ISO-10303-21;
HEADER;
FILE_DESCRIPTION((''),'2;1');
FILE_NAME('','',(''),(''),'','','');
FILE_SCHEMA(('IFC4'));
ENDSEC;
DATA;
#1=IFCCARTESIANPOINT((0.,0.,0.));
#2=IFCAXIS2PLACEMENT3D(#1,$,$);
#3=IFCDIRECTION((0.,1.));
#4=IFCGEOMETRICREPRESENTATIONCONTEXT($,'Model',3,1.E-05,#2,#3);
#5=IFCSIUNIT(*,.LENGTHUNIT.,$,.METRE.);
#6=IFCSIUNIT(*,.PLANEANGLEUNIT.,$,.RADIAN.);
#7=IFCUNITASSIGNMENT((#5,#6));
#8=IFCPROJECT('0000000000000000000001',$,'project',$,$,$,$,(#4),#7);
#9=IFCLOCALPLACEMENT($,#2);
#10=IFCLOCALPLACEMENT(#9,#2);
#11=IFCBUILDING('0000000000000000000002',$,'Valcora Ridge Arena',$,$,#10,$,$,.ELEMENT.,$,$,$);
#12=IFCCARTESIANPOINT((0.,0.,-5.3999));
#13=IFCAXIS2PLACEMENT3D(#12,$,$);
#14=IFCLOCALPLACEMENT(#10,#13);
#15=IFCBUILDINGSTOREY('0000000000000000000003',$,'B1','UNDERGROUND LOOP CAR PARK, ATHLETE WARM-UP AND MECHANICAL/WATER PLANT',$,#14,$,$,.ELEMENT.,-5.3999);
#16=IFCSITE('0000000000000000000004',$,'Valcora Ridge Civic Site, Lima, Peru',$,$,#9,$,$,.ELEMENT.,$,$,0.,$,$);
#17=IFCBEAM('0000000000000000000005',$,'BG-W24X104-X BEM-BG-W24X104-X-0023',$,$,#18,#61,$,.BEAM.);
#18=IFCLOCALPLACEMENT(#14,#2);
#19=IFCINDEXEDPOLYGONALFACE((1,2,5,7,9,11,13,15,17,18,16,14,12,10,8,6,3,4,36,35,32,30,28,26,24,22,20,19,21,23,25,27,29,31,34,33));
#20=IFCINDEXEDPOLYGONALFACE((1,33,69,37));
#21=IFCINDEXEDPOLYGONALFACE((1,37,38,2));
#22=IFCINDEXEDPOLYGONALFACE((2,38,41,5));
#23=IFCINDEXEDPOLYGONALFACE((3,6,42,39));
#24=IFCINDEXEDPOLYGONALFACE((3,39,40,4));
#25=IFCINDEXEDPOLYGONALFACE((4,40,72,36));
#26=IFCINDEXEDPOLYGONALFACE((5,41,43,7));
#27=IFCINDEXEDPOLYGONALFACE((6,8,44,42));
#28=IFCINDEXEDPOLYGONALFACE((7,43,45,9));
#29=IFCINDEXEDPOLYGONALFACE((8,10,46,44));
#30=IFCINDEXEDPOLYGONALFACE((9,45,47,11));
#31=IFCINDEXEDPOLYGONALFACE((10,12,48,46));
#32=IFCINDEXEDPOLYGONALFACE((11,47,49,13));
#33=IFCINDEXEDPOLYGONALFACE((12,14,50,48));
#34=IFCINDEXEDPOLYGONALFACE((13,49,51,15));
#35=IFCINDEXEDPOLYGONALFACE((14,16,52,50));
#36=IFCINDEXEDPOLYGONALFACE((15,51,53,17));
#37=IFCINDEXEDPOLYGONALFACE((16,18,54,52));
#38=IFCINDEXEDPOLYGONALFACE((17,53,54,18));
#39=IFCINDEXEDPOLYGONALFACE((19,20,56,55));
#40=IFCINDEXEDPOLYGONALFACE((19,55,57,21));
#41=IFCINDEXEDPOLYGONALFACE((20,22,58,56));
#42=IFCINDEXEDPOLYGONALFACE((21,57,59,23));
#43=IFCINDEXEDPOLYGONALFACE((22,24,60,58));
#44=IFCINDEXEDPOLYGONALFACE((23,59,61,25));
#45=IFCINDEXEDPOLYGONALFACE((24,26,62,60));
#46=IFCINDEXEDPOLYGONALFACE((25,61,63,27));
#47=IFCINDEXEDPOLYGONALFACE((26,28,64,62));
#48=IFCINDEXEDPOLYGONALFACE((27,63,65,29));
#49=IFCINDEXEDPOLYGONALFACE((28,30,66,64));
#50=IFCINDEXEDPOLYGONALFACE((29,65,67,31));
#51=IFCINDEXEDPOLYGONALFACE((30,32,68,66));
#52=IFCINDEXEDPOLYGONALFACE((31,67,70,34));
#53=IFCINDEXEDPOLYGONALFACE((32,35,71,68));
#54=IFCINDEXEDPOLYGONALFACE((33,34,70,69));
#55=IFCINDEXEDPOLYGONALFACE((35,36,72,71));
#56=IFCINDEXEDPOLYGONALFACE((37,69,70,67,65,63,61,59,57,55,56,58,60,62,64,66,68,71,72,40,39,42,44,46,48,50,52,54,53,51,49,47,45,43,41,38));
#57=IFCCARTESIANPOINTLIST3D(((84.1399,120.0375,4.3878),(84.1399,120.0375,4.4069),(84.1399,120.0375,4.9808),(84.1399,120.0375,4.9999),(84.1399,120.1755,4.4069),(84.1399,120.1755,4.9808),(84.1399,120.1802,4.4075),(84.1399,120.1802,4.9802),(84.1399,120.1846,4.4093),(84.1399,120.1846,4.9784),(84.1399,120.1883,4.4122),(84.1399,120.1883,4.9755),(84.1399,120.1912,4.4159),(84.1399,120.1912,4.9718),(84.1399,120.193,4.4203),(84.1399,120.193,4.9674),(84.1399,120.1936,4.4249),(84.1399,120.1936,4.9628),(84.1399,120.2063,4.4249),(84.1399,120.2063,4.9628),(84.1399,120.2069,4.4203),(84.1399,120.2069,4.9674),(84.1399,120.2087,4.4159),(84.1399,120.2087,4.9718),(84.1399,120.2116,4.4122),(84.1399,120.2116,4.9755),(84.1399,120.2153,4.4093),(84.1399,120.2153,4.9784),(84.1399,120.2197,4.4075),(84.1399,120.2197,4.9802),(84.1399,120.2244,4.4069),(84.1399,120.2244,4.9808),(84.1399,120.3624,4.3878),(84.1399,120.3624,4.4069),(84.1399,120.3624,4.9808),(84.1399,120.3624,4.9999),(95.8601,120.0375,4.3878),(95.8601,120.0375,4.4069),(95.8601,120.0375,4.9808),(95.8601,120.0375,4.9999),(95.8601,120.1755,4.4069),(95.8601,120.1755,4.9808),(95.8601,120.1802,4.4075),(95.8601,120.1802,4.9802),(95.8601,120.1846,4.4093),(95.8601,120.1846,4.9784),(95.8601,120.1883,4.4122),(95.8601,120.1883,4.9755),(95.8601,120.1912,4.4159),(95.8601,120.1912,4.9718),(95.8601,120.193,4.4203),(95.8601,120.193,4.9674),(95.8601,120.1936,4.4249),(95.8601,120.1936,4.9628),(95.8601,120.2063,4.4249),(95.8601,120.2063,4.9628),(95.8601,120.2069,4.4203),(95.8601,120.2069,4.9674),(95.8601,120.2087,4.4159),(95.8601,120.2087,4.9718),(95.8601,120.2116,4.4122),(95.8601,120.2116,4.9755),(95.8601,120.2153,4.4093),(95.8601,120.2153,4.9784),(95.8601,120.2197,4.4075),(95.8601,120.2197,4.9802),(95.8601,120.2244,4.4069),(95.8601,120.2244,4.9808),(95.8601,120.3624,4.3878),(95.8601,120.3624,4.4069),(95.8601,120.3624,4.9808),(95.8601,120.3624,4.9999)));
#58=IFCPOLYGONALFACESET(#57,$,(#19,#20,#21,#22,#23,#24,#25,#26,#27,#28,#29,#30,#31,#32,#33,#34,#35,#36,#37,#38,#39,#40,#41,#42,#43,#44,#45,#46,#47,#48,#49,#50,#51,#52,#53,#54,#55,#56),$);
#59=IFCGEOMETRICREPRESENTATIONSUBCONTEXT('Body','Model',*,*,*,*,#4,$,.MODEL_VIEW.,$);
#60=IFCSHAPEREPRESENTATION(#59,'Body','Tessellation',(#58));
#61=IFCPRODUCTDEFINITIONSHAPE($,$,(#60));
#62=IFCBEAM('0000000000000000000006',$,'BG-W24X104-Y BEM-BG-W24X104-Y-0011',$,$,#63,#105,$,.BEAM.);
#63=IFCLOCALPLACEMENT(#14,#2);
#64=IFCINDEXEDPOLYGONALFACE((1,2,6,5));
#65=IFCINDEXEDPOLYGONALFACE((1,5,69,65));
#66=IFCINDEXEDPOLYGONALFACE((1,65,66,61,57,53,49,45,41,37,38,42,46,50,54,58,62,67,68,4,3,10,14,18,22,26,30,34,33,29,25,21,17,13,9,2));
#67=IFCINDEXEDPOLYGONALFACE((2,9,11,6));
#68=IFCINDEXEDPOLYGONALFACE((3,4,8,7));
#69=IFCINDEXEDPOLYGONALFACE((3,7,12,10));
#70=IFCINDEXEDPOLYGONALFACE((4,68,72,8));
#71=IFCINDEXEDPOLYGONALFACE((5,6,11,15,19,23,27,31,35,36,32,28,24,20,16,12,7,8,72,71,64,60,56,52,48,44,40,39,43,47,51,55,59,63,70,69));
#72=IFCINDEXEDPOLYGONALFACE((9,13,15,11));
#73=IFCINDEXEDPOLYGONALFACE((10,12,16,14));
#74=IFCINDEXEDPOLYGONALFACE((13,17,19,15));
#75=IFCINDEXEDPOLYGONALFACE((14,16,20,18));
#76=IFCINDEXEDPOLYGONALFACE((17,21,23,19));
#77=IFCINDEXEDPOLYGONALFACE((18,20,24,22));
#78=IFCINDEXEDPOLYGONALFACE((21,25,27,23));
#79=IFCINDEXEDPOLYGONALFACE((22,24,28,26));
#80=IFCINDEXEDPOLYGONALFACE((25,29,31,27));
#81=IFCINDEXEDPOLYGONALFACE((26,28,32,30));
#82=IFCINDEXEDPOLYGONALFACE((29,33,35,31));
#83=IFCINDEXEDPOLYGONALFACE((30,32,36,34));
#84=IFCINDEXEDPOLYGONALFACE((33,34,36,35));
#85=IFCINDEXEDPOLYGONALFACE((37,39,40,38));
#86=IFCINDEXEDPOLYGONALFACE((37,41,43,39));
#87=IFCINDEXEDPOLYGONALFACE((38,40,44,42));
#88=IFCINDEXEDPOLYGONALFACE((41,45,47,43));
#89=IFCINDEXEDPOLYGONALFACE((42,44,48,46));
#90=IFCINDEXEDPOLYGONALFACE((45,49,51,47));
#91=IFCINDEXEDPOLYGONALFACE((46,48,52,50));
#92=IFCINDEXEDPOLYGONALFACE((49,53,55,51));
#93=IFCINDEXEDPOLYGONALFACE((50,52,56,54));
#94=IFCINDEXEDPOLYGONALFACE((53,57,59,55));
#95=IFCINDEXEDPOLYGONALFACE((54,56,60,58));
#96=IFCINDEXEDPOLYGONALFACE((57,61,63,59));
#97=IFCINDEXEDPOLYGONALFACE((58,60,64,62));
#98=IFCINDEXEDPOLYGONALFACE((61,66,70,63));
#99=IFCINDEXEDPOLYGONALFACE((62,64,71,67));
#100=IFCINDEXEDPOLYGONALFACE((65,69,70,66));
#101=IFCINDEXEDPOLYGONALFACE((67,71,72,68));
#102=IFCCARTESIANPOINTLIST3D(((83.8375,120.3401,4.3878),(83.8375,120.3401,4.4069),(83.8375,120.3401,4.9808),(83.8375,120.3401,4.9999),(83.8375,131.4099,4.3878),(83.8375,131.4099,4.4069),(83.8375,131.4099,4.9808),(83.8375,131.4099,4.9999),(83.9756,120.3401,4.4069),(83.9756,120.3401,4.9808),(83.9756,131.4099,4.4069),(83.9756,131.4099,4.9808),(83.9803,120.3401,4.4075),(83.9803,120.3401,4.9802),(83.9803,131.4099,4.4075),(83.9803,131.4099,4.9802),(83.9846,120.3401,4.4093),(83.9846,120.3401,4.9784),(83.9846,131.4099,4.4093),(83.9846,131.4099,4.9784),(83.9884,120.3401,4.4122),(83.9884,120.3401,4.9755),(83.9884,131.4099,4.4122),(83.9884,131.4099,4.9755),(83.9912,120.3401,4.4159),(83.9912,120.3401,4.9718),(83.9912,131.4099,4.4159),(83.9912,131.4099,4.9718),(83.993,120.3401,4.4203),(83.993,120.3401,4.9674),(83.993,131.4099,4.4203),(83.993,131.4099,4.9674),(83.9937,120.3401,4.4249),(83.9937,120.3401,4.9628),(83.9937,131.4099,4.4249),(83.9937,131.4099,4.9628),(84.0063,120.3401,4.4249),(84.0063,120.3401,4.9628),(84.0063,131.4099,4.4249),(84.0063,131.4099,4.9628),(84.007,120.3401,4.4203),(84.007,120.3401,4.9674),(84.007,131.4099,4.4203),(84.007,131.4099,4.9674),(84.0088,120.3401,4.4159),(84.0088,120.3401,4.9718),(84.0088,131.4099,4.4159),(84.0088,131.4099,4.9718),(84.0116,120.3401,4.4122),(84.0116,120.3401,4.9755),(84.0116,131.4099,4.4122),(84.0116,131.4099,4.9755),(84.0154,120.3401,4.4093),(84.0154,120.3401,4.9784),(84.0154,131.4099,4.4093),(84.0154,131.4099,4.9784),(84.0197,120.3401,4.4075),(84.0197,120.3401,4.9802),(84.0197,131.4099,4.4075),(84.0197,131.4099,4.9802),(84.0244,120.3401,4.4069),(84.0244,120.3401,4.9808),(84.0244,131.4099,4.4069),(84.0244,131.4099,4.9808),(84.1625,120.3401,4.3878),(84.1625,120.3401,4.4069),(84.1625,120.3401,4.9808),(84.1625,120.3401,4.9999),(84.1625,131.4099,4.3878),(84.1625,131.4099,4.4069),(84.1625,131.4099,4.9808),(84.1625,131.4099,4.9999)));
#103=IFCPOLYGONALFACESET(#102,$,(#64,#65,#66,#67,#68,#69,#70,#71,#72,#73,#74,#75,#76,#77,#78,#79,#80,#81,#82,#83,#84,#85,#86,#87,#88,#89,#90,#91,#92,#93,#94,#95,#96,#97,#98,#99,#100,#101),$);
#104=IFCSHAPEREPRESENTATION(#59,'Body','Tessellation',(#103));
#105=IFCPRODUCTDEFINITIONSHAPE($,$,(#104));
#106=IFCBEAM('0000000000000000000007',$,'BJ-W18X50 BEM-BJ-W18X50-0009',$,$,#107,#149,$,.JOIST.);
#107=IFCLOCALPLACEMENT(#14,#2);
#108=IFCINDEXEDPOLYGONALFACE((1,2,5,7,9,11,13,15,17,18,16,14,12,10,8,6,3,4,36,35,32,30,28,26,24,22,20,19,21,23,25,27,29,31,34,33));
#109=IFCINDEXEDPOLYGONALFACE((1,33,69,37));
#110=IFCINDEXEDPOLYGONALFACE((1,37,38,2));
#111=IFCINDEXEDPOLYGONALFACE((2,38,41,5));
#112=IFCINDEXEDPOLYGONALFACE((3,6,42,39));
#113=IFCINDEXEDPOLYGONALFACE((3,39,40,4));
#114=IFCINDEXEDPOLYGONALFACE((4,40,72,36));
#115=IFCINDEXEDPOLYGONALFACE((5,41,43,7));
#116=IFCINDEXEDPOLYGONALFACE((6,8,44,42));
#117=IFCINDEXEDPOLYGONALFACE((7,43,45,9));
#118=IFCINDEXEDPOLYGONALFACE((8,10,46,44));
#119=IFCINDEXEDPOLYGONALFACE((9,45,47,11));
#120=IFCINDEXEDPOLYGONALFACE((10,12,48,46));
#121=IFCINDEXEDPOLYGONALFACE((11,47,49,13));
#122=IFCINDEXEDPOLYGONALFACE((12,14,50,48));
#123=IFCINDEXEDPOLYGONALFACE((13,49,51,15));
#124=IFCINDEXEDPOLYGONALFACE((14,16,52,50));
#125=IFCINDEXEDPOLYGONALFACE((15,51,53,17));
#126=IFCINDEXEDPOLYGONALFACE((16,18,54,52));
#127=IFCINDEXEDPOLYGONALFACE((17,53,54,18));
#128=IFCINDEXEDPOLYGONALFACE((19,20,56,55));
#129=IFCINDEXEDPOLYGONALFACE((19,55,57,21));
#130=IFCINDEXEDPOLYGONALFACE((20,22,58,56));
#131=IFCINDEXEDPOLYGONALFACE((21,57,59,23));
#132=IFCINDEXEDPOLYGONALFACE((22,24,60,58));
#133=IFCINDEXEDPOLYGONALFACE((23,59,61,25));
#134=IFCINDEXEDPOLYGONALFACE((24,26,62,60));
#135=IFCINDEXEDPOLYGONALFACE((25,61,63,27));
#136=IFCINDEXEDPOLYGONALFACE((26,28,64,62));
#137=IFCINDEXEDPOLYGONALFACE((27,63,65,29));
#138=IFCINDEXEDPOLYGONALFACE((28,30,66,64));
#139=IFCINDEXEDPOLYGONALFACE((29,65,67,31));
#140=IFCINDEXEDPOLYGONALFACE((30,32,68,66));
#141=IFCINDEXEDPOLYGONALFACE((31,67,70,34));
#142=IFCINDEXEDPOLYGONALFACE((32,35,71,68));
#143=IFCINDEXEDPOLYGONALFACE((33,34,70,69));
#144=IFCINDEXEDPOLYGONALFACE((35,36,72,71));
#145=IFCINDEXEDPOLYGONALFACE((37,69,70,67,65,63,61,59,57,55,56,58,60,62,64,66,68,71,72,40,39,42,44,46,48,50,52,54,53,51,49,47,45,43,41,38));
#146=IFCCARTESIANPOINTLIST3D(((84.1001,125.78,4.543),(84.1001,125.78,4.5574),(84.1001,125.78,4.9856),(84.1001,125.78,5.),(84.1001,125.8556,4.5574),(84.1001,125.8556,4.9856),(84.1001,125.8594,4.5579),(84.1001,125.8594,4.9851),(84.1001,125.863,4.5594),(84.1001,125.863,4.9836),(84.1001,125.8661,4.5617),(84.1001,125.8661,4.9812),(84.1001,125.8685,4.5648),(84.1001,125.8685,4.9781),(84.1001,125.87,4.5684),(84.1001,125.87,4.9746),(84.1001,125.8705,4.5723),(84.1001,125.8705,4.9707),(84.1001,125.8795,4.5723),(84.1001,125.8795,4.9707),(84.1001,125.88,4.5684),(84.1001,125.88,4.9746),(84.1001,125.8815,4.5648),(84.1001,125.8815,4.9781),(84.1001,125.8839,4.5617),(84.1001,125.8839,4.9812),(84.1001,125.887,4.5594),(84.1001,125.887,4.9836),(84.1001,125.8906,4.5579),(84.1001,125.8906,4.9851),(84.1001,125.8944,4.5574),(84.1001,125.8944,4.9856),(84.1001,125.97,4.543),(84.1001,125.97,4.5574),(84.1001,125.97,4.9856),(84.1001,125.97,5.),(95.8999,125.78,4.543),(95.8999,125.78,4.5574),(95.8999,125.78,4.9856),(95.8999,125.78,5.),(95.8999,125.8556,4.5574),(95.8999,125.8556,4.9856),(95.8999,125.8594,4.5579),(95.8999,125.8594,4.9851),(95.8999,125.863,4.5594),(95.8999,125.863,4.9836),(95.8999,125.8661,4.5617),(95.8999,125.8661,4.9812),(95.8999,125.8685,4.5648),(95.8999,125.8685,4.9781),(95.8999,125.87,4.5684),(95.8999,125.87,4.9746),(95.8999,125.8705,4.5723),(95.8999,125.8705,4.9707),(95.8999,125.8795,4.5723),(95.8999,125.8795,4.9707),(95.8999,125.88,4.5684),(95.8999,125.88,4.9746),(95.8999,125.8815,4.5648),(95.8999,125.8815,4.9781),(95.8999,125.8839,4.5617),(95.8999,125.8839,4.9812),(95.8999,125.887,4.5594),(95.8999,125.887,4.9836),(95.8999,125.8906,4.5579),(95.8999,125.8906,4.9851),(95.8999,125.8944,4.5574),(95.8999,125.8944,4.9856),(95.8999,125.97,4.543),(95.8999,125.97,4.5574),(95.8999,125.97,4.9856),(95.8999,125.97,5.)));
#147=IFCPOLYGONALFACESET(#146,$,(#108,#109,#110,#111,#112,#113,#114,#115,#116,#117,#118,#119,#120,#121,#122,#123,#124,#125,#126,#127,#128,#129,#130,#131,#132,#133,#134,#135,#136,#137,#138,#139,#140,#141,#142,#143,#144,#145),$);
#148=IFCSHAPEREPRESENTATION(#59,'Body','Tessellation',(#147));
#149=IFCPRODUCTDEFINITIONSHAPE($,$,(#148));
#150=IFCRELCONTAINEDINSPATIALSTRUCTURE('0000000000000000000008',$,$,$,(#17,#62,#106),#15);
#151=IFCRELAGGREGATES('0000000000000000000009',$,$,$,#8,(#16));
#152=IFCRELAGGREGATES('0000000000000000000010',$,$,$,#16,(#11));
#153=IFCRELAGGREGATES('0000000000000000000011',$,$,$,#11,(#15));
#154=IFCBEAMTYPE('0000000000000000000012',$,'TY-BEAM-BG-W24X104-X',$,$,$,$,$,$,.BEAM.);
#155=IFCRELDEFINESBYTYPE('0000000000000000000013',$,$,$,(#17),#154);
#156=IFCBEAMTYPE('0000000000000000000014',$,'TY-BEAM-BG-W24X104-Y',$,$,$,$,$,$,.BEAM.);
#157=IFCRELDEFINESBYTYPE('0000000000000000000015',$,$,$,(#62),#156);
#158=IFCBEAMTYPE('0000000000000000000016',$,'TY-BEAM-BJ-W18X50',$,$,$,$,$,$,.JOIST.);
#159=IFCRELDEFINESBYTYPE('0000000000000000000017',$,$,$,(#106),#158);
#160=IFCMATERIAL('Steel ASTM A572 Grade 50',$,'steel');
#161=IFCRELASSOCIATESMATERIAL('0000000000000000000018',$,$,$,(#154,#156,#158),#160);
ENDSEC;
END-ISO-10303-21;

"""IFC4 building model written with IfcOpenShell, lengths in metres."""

from ifc_helpers import new_model, si_unit, direction, frame, origin, origin_2d, place, context, subcontext, project, spatial, i_section, extrude, material, material_profile, profile_set, type_object, element, save


model = new_model("IFC4")

# Units and contexts
model_context = context("Model", 3, precision=1e-05, world=origin(), true_north=direction((0.0, 1.0)))
body_context = subcontext(model_context, "Body", "Model", "MODEL_VIEW")
ifc_project = project(units=[si_unit("LENGTHUNIT", "METRE"), si_unit("PLANEANGLEUNIT", "RADIAN")], contexts=[model_context])

# Site, building, storey
site_placement = place(None, origin())
site = spatial("IfcSite", under=ifc_project, at=site_placement, Name="Valcora Ridge Civic Site, Lima, Peru", CompositionType="ELEMENT", RefElevation=0.0)
building_placement = place(site_placement, origin())
building = spatial("IfcBuilding", under=site, at=building_placement, Name="Valcora Ridge Arena", CompositionType="ELEMENT")
storey_placement = place(building_placement, frame((0.0, 0.0, -5.3999)))
storey = spatial("IfcBuildingStorey", under=building, at=storey_placement, Name="B1", Description="UNDERGROUND LOOP CAR PARK, ATHLETE WARM-UP AND MECHANICAL/WATER PLANT", CompositionType="ELEMENT", Elevation=-5.3999)

# Beams
ifc_material_1 = material(Name="Steel ASTM A572 Grade 50", Category="steel")
ifc_material_profile_1 = material_profile(ifc_material_1, i_section(OverallWidth=0.325, OverallDepth=0.6121, WebThickness=0.0127, FlangeThickness=0.019, FilletRadius=0.0181, at=origin_2d()), Name="W24X104")
ifc_profile_set_1 = profile_set([ifc_material_profile_1], Name="Steel ASTM A572 Grade 50")
beam_type_1 = type_object("IfcBeamType", Name="TY-BEAM-BG-W24X104-X", PredefinedType="BEAM", material=ifc_profile_set_1)
beam_1_placement = place(storey_placement, frame((84.1399, 120.2, 4.6938), z_axis=(1.0, 0.0, 0.0), x_axis=(0.0, 1.0, 0.0)))
element("IfcBeam", 1, at=beam_1_placement, inside=storey, type_object=beam_type_1, Name="BG-W24X104-X BEM-BG-W24X104-X-0023", PredefinedType="BEAM", context=body_context, shape_type="SweptSolid", body=[
    extrude(i_section(OverallWidth=0.325, OverallDepth=0.6121, WebThickness=0.0127, FlangeThickness=0.019, FilletRadius=0.0181, at=origin_2d()), origin(), (0.0, 0.0, 1.0), 11.7202),
])
ifc_material_profile_2 = material_profile(ifc_material_1, i_section(OverallWidth=0.325, OverallDepth=0.6121, WebThickness=0.0127, FlangeThickness=0.019, FilletRadius=0.0181, at=origin_2d()), Name="W24X104")
ifc_profile_set_2 = profile_set([ifc_material_profile_2], Name="Steel ASTM A572 Grade 50")
beam_type_2 = type_object("IfcBeamType", Name="TY-BEAM-BG-W24X104-Y", PredefinedType="BEAM", material=ifc_profile_set_2)
beam_2_placement = place(storey_placement, frame((84.0, 120.3401, 4.6938), z_axis=(0.0, 1.0, 0.0), x_axis=(-1.0, 0.0, 0.0)))
element("IfcBeam", 2, at=beam_2_placement, inside=storey, type_object=beam_type_2, Name="BG-W24X104-Y BEM-BG-W24X104-Y-0011", PredefinedType="BEAM", context=body_context, shape_type="SweptSolid", body=[
    extrude(i_section(OverallWidth=0.325, OverallDepth=0.6121, WebThickness=0.0127, FlangeThickness=0.019, FilletRadius=0.0181, at=origin_2d()), origin(), (0.0, 0.0, 1.0), 11.0698),
])
ifc_material_profile_3 = material_profile(ifc_material_1, i_section(OverallWidth=0.1899, OverallDepth=0.457, WebThickness=0.009, FlangeThickness=0.0144, FilletRadius=0.0149, at=origin_2d()), Name="W18X50")
ifc_profile_set_3 = profile_set([ifc_material_profile_3], Name="Steel ASTM A572 Grade 50")
beam_type_3 = type_object("IfcBeamType", Name="TY-BEAM-BJ-W18X50", PredefinedType="JOIST", material=ifc_profile_set_3)
beam_3_placement = place(storey_placement, frame((84.1001, 125.875, 4.7715), z_axis=(1.0, 0.0, 0.0), x_axis=(0.0, 1.0, 0.0)))
element("IfcBeam", 3, at=beam_3_placement, inside=storey, type_object=beam_type_3, Name="BJ-W18X50 BEM-BJ-W18X50-0009", PredefinedType="JOIST", context=body_context, shape_type="SweptSolid", body=[
    extrude(i_section(OverallWidth=0.1899, OverallDepth=0.457, WebThickness=0.009, FlangeThickness=0.0144, FilletRadius=0.0149, at=origin_2d()), origin(), (0.0, 0.0, 1.0), 11.7998),
])

save(model, "model.ifc")
